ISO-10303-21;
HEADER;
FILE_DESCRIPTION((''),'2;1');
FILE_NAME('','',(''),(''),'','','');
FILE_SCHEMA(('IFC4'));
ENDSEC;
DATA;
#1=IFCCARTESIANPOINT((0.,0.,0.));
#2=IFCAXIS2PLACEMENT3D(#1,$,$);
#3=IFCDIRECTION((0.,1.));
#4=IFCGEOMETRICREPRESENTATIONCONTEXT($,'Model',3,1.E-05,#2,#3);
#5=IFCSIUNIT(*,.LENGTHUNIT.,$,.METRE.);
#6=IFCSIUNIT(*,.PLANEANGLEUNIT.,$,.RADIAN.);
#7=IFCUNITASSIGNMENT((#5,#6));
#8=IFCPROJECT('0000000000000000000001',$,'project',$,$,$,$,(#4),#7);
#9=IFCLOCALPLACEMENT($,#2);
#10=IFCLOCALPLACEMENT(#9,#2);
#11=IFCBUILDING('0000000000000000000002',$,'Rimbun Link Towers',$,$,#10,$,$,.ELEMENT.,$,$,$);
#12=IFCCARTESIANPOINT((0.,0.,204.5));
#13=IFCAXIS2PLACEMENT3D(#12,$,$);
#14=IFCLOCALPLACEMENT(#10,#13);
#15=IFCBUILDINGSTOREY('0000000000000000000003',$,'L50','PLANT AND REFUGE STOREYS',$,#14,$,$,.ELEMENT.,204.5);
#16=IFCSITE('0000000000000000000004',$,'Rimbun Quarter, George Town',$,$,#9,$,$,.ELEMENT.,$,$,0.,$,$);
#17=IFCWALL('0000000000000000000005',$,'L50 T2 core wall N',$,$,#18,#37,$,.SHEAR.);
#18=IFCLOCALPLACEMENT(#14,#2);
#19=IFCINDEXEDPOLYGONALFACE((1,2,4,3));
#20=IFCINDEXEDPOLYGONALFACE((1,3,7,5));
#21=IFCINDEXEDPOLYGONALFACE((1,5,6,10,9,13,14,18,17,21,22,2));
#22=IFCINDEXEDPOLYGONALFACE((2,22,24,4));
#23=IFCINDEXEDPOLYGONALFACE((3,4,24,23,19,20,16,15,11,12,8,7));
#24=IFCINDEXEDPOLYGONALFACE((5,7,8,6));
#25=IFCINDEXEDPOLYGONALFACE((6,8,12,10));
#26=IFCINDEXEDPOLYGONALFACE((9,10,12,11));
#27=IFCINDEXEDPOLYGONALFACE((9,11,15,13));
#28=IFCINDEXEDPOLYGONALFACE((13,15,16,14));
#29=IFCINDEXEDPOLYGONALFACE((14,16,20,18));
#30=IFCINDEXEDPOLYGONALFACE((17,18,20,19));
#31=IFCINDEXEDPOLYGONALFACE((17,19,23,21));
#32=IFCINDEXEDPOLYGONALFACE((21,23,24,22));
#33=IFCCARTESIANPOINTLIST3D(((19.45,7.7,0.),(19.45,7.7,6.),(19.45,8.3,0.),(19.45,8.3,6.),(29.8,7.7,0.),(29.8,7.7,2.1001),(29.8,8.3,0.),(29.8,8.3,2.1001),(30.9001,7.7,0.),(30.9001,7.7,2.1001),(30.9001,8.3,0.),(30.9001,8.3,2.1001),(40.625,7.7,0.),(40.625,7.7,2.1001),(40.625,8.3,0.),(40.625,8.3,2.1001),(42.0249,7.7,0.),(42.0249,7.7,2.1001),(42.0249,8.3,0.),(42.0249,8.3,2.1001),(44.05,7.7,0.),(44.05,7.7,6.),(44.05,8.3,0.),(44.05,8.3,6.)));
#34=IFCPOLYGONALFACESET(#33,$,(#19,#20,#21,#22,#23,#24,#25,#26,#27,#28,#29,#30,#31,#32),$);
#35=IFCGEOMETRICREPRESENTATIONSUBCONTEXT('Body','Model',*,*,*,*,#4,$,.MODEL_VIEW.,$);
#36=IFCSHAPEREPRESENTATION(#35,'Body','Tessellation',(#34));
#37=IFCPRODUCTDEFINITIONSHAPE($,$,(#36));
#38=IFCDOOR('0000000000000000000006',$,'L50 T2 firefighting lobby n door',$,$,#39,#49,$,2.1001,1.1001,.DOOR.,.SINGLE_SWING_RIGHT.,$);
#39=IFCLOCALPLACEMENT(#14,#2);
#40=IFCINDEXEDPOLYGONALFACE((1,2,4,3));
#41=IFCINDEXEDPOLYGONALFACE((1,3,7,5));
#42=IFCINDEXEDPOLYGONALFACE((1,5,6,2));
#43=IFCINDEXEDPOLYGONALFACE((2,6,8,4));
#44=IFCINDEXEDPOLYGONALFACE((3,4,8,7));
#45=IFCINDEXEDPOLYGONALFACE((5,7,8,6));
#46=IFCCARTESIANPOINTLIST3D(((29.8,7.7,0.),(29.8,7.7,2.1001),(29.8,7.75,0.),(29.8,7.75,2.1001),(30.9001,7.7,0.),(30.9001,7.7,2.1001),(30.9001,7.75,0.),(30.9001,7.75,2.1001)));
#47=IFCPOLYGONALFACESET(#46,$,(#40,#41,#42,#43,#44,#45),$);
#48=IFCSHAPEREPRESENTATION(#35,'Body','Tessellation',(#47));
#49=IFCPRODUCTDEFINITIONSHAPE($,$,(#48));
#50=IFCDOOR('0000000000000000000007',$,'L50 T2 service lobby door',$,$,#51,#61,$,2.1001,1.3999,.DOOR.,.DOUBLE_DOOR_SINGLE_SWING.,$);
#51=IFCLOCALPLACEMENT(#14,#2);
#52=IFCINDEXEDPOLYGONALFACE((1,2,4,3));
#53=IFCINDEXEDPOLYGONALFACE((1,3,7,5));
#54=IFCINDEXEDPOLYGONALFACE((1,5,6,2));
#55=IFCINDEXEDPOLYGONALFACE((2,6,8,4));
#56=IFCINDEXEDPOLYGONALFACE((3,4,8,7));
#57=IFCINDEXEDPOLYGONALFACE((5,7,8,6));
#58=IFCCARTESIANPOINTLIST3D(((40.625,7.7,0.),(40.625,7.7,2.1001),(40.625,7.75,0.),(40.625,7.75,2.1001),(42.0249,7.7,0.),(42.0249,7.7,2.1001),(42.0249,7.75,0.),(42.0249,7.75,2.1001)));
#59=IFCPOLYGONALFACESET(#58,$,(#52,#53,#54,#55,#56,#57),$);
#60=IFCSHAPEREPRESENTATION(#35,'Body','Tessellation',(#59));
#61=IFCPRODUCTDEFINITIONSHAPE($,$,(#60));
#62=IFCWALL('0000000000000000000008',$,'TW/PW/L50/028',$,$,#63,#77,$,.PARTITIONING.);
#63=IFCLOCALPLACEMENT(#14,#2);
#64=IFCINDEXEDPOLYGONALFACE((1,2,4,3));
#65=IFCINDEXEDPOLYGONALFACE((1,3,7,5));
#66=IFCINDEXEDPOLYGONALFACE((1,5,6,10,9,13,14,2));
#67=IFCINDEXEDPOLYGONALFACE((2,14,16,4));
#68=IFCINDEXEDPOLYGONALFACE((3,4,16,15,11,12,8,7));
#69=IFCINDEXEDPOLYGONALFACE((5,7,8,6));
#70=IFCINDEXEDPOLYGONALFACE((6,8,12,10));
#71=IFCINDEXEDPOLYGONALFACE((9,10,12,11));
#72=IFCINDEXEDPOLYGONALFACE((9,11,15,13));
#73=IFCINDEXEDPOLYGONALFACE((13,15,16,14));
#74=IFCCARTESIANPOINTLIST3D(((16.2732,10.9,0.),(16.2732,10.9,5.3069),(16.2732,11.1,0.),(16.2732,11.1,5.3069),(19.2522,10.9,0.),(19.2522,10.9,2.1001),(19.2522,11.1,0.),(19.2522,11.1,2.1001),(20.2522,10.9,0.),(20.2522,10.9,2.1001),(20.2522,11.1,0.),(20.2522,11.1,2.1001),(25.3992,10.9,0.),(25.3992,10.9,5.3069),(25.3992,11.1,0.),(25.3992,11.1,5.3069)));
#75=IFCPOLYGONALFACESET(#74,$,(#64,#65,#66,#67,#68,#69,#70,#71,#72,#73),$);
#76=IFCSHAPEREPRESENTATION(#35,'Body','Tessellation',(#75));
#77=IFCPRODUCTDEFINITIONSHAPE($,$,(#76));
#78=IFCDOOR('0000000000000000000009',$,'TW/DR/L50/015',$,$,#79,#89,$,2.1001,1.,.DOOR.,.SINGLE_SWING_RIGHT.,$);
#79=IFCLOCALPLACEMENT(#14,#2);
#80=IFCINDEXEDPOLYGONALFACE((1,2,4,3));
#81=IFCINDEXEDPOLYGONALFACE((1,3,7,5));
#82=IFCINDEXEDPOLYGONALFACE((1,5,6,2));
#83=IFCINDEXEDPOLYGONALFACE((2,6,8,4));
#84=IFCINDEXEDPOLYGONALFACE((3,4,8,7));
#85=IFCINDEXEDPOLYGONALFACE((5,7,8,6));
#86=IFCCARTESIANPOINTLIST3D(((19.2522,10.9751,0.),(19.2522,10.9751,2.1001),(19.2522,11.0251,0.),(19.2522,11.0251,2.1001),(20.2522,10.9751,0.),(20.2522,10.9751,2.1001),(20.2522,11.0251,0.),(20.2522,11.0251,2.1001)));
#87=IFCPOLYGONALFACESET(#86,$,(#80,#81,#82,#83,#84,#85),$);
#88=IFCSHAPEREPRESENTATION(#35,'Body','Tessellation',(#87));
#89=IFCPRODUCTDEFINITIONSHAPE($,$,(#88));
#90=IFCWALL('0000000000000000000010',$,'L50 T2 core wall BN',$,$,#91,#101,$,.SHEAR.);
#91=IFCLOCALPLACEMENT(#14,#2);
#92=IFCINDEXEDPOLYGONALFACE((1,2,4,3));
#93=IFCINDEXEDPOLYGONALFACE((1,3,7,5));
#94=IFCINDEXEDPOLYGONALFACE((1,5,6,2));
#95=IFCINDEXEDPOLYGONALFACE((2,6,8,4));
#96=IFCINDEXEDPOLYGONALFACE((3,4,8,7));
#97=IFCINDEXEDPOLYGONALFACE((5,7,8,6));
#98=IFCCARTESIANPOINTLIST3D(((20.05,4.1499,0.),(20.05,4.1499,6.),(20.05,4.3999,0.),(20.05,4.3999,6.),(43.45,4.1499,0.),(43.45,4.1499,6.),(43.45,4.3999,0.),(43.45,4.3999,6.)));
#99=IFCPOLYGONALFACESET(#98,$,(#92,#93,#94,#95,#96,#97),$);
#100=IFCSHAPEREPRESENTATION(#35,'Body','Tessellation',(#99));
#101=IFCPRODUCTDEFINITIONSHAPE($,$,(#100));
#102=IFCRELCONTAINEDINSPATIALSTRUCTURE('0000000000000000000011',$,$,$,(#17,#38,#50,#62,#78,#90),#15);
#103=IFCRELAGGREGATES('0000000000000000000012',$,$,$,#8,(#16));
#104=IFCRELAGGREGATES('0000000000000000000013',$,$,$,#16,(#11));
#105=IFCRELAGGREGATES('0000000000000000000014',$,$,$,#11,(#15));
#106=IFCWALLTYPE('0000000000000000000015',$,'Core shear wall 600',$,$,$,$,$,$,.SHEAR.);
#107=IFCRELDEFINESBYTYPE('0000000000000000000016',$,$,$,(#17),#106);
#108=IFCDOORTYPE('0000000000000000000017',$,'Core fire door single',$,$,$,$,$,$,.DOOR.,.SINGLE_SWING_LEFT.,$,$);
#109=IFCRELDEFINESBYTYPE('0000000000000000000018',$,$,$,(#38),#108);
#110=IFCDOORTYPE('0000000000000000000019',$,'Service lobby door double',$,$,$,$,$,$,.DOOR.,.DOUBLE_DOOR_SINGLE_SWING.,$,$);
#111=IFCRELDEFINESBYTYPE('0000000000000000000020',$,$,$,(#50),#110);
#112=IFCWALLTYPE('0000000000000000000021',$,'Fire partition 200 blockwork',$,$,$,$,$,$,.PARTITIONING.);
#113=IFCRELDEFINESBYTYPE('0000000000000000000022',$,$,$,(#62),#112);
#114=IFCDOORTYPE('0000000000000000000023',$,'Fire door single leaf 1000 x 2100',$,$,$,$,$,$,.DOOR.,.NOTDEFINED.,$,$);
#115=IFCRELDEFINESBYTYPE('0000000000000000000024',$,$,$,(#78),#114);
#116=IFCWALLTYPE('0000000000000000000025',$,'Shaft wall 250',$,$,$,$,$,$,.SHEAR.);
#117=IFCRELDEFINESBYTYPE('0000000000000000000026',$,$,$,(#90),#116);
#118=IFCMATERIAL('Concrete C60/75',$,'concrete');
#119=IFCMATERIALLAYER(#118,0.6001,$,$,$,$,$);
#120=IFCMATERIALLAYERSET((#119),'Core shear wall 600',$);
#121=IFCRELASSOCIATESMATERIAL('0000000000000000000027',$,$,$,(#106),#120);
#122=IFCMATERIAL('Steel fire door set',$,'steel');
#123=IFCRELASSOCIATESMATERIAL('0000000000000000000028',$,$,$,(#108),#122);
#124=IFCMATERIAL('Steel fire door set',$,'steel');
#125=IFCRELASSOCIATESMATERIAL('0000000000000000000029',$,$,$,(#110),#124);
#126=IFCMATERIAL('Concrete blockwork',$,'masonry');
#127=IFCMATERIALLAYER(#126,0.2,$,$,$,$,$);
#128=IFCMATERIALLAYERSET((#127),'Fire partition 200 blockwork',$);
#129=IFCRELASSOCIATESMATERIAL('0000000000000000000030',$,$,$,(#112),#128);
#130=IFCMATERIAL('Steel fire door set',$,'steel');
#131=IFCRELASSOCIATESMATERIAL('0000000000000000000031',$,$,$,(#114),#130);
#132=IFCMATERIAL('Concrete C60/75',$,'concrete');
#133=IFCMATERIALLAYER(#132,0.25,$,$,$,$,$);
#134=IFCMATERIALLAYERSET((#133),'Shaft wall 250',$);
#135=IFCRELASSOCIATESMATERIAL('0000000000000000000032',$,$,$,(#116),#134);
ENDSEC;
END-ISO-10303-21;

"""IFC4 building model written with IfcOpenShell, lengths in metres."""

from ifc_helpers import new_model, si_unit, direction, frame, frame_2d, origin, place, context, subcontext, project, spatial, rectangle, extrude, material, layer, layer_set, type_object, element, fill, save


model = new_model("IFC4")

# Units and contexts
model_context = context("Model", 3, precision=1e-05, world=origin(), true_north=direction((0.0, 1.0)))
body_context = subcontext(model_context, "Body", "Model", "MODEL_VIEW")
ifc_project = project(units=[si_unit("LENGTHUNIT", "METRE"), si_unit("PLANEANGLEUNIT", "RADIAN")], contexts=[model_context])

# Site, building, storey
site_placement = place(None, origin())
site = spatial("IfcSite", under=ifc_project, at=site_placement, Name="Rimbun Quarter, George Town", CompositionType="ELEMENT", RefElevation=0.0)
building_placement = place(site_placement, origin())
building = spatial("IfcBuilding", under=site, at=building_placement, Name="Rimbun Link Towers", CompositionType="ELEMENT")
storey_placement = place(building_placement, frame((0.0, 0.0, 204.5)))
storey = spatial("IfcBuildingStorey", under=building, at=storey_placement, Name="L50", Description="PLANT AND REFUGE STOREYS", CompositionType="ELEMENT", Elevation=204.5)

# Wall, openings, doors
ifc_material_1 = material(Name="Concrete C60/75", Category="concrete")
ifc_layer_1 = layer(ifc_material_1, 0.6001)
ifc_layer_set_1 = layer_set([ifc_layer_1], Name="Core shear wall 600")
wall_type_1 = type_object("IfcWallType", Name="Core shear wall 600", PredefinedType="SHEAR", material=ifc_layer_set_1)
wall_1_placement = place(storey_placement, frame((19.45, 8.0, 0.0), z_axis=(0.0, 0.0, 1.0), x_axis=(1.0, 0.0, 0.0)))
wall_1 = element("IfcWall", 1, at=wall_1_placement, inside=storey, type_object=wall_type_1, Name="L50 T2 core wall N", PredefinedType="SHEAR", context=body_context, shape_type="SweptSolid", body=[
    extrude(rectangle(XDim=24.6001, YDim=0.6001, at=frame_2d((12.3, 0.0))), origin(), (0.0, 0.0, 1.0), 6.0),
])
opening_1_placement = place(wall_1_placement, frame((10.3501, 0.0, 0.0)))
opening_1 = element("IfcOpeningElement", 2, at=opening_1_placement, cuts=wall_1, PredefinedType="OPENING", context=body_context, shape_type="SweptSolid", body=[
    extrude(rectangle(XDim=1.1001, YDim=2.1001, at=frame_2d((0.55, 1.05))), frame((0.0, 0.3101, 0.0), z_axis=(0.0, -1.0, 0.0), x_axis=(1.0, 0.0, 0.0)), (0.0, 0.0, 1.0), 0.6201),
])
opening_2_placement = place(wall_1_placement, frame((21.175, 0.0, 0.0)))
opening_2 = element("IfcOpeningElement", 3, at=opening_2_placement, cuts=wall_1, PredefinedType="OPENING", context=body_context, shape_type="SweptSolid", body=[
    extrude(rectangle(XDim=1.3999, YDim=2.1001, at=frame_2d((0.7, 1.05))), frame((0.0, 0.3101, 0.0), z_axis=(0.0, -1.0, 0.0), x_axis=(1.0, 0.0, 0.0)), (0.0, 0.0, 1.0), 0.6201),
])
ifc_material_2 = material(Name="Steel fire door set", Category="steel")
door_type_1 = type_object("IfcDoorType", Name="Core fire door single", OperationType="SINGLE_SWING_LEFT", PredefinedType="DOOR", material=ifc_material_2)
door_1_placement = place(opening_1_placement, origin())
door_1 = element("IfcDoor", 4, at=door_1_placement, inside=storey, type_object=door_type_1, Name="L50 T2 firefighting lobby n door", OperationType="SINGLE_SWING_RIGHT", OverallHeight=2.1001, OverallWidth=1.1001, PredefinedType="DOOR", context=body_context, shape_type="SweptSolid", body=[
    extrude(rectangle(XDim=1.1001, YDim=2.1001, at=frame_2d((0.55, 1.05))), frame((0.0, -0.25, 0.0), z_axis=(0.0, -1.0, 0.0), x_axis=(1.0, 0.0, 0.0)), (0.0, 0.0, 1.0), 0.05),
])
fill(opening_1, door_1)
ifc_material_3 = material(Name="Steel fire door set", Category="steel")
door_type_2 = type_object("IfcDoorType", Name="Service lobby door double", OperationType="DOUBLE_DOOR_SINGLE_SWING", PredefinedType="DOOR", material=ifc_material_3)
door_2_placement = place(opening_2_placement, origin())
door_2 = element("IfcDoor", 5, at=door_2_placement, inside=storey, type_object=door_type_2, Name="L50 T2 service lobby door", OperationType="DOUBLE_DOOR_SINGLE_SWING", OverallHeight=2.1001, OverallWidth=1.3999, PredefinedType="DOOR", context=body_context, shape_type="SweptSolid", body=[
    extrude(rectangle(XDim=1.3999, YDim=2.1001, at=frame_2d((0.7, 1.05))), frame((0.0, -0.25, 0.0), z_axis=(0.0, -1.0, 0.0), x_axis=(1.0, 0.0, 0.0)), (0.0, 0.0, 1.0), 0.05),
])
fill(opening_2, door_2)

# Wall, opening, door
ifc_material_4 = material(Name="Concrete blockwork", Category="masonry")
ifc_layer_2 = layer(ifc_material_4, 0.2)
ifc_layer_set_2 = layer_set([ifc_layer_2], Name="Fire partition 200 blockwork")
wall_type_2 = type_object("IfcWallType", Name="Fire partition 200 blockwork", PredefinedType="PARTITIONING", material=ifc_layer_set_2)
wall_2_placement = place(storey_placement, frame((25.3992, 11.0, 0.0), z_axis=(0.0, 0.0, 1.0), x_axis=(-1.0, 0.0, 0.0)))
wall_2 = element("IfcWall", 6, at=wall_2_placement, inside=storey, type_object=wall_type_2, Name="TW/PW/L50/028", PredefinedType="PARTITIONING", context=body_context, shape_type="SweptSolid", body=[
    extrude(rectangle(XDim=9.126, YDim=0.2, at=frame_2d((4.563, 0.0))), origin(), (0.0, 0.0, 1.0), 5.3069),
])
opening_3_placement = place(wall_2_placement, frame((5.147, 0.0, 0.0)))
opening_3 = element("IfcOpeningElement", 7, at=opening_3_placement, cuts=wall_2, PredefinedType="OPENING", context=body_context, shape_type="SweptSolid", body=[
    extrude(rectangle(XDim=1.0, YDim=2.1001, at=frame_2d((0.5, 1.05))), frame((0.0, 0.1099, 0.0), z_axis=(0.0, -1.0, 0.0), x_axis=(1.0, 0.0, 0.0)), (0.0, 0.0, 1.0), 0.22),
])
ifc_material_5 = material(Name="Steel fire door set", Category="steel")
door_type_3 = type_object("IfcDoorType", Name="Fire door single leaf 1000 x 2100", OperationType="NOTDEFINED", PredefinedType="DOOR", material=ifc_material_5)
door_3_placement = place(opening_3_placement, origin())
door_3 = element("IfcDoor", 8, at=door_3_placement, inside=storey, type_object=door_type_3, Name="TW/DR/L50/015", OperationType="SINGLE_SWING_RIGHT", OverallHeight=2.1001, OverallWidth=1.0, PredefinedType="DOOR", context=body_context, shape_type="SweptSolid", body=[
    extrude(rectangle(XDim=1.0, YDim=2.1001, at=frame_2d((0.5, 1.05))), frame((0.0, 0.0249, 0.0), z_axis=(0.0, -1.0, 0.0), x_axis=(1.0, 0.0, 0.0)), (0.0, 0.0, 1.0), 0.05),
])
fill(opening_3, door_3)

# Wall
ifc_material_6 = material(Name="Concrete C60/75", Category="concrete")
ifc_layer_3 = layer(ifc_material_6, 0.25)
ifc_layer_set_3 = layer_set([ifc_layer_3], Name="Shaft wall 250")
wall_type_3 = type_object("IfcWallType", Name="Shaft wall 250", PredefinedType="SHEAR", material=ifc_layer_set_3)
wall_3_placement = place(storey_placement, frame((20.05, 4.2749, 0.0), z_axis=(0.0, 0.0, 1.0), x_axis=(1.0, 0.0, 0.0)))
element("IfcWall", 9, at=wall_3_placement, inside=storey, type_object=wall_type_3, Name="L50 T2 core wall BN", PredefinedType="SHEAR", context=body_context, shape_type="SweptSolid", body=[
    extrude(rectangle(XDim=23.3999, YDim=0.25, at=frame_2d((11.7, 0.0))), origin(), (0.0, 0.0, 1.0), 6.0),
])

save(model, "model.ifc")
